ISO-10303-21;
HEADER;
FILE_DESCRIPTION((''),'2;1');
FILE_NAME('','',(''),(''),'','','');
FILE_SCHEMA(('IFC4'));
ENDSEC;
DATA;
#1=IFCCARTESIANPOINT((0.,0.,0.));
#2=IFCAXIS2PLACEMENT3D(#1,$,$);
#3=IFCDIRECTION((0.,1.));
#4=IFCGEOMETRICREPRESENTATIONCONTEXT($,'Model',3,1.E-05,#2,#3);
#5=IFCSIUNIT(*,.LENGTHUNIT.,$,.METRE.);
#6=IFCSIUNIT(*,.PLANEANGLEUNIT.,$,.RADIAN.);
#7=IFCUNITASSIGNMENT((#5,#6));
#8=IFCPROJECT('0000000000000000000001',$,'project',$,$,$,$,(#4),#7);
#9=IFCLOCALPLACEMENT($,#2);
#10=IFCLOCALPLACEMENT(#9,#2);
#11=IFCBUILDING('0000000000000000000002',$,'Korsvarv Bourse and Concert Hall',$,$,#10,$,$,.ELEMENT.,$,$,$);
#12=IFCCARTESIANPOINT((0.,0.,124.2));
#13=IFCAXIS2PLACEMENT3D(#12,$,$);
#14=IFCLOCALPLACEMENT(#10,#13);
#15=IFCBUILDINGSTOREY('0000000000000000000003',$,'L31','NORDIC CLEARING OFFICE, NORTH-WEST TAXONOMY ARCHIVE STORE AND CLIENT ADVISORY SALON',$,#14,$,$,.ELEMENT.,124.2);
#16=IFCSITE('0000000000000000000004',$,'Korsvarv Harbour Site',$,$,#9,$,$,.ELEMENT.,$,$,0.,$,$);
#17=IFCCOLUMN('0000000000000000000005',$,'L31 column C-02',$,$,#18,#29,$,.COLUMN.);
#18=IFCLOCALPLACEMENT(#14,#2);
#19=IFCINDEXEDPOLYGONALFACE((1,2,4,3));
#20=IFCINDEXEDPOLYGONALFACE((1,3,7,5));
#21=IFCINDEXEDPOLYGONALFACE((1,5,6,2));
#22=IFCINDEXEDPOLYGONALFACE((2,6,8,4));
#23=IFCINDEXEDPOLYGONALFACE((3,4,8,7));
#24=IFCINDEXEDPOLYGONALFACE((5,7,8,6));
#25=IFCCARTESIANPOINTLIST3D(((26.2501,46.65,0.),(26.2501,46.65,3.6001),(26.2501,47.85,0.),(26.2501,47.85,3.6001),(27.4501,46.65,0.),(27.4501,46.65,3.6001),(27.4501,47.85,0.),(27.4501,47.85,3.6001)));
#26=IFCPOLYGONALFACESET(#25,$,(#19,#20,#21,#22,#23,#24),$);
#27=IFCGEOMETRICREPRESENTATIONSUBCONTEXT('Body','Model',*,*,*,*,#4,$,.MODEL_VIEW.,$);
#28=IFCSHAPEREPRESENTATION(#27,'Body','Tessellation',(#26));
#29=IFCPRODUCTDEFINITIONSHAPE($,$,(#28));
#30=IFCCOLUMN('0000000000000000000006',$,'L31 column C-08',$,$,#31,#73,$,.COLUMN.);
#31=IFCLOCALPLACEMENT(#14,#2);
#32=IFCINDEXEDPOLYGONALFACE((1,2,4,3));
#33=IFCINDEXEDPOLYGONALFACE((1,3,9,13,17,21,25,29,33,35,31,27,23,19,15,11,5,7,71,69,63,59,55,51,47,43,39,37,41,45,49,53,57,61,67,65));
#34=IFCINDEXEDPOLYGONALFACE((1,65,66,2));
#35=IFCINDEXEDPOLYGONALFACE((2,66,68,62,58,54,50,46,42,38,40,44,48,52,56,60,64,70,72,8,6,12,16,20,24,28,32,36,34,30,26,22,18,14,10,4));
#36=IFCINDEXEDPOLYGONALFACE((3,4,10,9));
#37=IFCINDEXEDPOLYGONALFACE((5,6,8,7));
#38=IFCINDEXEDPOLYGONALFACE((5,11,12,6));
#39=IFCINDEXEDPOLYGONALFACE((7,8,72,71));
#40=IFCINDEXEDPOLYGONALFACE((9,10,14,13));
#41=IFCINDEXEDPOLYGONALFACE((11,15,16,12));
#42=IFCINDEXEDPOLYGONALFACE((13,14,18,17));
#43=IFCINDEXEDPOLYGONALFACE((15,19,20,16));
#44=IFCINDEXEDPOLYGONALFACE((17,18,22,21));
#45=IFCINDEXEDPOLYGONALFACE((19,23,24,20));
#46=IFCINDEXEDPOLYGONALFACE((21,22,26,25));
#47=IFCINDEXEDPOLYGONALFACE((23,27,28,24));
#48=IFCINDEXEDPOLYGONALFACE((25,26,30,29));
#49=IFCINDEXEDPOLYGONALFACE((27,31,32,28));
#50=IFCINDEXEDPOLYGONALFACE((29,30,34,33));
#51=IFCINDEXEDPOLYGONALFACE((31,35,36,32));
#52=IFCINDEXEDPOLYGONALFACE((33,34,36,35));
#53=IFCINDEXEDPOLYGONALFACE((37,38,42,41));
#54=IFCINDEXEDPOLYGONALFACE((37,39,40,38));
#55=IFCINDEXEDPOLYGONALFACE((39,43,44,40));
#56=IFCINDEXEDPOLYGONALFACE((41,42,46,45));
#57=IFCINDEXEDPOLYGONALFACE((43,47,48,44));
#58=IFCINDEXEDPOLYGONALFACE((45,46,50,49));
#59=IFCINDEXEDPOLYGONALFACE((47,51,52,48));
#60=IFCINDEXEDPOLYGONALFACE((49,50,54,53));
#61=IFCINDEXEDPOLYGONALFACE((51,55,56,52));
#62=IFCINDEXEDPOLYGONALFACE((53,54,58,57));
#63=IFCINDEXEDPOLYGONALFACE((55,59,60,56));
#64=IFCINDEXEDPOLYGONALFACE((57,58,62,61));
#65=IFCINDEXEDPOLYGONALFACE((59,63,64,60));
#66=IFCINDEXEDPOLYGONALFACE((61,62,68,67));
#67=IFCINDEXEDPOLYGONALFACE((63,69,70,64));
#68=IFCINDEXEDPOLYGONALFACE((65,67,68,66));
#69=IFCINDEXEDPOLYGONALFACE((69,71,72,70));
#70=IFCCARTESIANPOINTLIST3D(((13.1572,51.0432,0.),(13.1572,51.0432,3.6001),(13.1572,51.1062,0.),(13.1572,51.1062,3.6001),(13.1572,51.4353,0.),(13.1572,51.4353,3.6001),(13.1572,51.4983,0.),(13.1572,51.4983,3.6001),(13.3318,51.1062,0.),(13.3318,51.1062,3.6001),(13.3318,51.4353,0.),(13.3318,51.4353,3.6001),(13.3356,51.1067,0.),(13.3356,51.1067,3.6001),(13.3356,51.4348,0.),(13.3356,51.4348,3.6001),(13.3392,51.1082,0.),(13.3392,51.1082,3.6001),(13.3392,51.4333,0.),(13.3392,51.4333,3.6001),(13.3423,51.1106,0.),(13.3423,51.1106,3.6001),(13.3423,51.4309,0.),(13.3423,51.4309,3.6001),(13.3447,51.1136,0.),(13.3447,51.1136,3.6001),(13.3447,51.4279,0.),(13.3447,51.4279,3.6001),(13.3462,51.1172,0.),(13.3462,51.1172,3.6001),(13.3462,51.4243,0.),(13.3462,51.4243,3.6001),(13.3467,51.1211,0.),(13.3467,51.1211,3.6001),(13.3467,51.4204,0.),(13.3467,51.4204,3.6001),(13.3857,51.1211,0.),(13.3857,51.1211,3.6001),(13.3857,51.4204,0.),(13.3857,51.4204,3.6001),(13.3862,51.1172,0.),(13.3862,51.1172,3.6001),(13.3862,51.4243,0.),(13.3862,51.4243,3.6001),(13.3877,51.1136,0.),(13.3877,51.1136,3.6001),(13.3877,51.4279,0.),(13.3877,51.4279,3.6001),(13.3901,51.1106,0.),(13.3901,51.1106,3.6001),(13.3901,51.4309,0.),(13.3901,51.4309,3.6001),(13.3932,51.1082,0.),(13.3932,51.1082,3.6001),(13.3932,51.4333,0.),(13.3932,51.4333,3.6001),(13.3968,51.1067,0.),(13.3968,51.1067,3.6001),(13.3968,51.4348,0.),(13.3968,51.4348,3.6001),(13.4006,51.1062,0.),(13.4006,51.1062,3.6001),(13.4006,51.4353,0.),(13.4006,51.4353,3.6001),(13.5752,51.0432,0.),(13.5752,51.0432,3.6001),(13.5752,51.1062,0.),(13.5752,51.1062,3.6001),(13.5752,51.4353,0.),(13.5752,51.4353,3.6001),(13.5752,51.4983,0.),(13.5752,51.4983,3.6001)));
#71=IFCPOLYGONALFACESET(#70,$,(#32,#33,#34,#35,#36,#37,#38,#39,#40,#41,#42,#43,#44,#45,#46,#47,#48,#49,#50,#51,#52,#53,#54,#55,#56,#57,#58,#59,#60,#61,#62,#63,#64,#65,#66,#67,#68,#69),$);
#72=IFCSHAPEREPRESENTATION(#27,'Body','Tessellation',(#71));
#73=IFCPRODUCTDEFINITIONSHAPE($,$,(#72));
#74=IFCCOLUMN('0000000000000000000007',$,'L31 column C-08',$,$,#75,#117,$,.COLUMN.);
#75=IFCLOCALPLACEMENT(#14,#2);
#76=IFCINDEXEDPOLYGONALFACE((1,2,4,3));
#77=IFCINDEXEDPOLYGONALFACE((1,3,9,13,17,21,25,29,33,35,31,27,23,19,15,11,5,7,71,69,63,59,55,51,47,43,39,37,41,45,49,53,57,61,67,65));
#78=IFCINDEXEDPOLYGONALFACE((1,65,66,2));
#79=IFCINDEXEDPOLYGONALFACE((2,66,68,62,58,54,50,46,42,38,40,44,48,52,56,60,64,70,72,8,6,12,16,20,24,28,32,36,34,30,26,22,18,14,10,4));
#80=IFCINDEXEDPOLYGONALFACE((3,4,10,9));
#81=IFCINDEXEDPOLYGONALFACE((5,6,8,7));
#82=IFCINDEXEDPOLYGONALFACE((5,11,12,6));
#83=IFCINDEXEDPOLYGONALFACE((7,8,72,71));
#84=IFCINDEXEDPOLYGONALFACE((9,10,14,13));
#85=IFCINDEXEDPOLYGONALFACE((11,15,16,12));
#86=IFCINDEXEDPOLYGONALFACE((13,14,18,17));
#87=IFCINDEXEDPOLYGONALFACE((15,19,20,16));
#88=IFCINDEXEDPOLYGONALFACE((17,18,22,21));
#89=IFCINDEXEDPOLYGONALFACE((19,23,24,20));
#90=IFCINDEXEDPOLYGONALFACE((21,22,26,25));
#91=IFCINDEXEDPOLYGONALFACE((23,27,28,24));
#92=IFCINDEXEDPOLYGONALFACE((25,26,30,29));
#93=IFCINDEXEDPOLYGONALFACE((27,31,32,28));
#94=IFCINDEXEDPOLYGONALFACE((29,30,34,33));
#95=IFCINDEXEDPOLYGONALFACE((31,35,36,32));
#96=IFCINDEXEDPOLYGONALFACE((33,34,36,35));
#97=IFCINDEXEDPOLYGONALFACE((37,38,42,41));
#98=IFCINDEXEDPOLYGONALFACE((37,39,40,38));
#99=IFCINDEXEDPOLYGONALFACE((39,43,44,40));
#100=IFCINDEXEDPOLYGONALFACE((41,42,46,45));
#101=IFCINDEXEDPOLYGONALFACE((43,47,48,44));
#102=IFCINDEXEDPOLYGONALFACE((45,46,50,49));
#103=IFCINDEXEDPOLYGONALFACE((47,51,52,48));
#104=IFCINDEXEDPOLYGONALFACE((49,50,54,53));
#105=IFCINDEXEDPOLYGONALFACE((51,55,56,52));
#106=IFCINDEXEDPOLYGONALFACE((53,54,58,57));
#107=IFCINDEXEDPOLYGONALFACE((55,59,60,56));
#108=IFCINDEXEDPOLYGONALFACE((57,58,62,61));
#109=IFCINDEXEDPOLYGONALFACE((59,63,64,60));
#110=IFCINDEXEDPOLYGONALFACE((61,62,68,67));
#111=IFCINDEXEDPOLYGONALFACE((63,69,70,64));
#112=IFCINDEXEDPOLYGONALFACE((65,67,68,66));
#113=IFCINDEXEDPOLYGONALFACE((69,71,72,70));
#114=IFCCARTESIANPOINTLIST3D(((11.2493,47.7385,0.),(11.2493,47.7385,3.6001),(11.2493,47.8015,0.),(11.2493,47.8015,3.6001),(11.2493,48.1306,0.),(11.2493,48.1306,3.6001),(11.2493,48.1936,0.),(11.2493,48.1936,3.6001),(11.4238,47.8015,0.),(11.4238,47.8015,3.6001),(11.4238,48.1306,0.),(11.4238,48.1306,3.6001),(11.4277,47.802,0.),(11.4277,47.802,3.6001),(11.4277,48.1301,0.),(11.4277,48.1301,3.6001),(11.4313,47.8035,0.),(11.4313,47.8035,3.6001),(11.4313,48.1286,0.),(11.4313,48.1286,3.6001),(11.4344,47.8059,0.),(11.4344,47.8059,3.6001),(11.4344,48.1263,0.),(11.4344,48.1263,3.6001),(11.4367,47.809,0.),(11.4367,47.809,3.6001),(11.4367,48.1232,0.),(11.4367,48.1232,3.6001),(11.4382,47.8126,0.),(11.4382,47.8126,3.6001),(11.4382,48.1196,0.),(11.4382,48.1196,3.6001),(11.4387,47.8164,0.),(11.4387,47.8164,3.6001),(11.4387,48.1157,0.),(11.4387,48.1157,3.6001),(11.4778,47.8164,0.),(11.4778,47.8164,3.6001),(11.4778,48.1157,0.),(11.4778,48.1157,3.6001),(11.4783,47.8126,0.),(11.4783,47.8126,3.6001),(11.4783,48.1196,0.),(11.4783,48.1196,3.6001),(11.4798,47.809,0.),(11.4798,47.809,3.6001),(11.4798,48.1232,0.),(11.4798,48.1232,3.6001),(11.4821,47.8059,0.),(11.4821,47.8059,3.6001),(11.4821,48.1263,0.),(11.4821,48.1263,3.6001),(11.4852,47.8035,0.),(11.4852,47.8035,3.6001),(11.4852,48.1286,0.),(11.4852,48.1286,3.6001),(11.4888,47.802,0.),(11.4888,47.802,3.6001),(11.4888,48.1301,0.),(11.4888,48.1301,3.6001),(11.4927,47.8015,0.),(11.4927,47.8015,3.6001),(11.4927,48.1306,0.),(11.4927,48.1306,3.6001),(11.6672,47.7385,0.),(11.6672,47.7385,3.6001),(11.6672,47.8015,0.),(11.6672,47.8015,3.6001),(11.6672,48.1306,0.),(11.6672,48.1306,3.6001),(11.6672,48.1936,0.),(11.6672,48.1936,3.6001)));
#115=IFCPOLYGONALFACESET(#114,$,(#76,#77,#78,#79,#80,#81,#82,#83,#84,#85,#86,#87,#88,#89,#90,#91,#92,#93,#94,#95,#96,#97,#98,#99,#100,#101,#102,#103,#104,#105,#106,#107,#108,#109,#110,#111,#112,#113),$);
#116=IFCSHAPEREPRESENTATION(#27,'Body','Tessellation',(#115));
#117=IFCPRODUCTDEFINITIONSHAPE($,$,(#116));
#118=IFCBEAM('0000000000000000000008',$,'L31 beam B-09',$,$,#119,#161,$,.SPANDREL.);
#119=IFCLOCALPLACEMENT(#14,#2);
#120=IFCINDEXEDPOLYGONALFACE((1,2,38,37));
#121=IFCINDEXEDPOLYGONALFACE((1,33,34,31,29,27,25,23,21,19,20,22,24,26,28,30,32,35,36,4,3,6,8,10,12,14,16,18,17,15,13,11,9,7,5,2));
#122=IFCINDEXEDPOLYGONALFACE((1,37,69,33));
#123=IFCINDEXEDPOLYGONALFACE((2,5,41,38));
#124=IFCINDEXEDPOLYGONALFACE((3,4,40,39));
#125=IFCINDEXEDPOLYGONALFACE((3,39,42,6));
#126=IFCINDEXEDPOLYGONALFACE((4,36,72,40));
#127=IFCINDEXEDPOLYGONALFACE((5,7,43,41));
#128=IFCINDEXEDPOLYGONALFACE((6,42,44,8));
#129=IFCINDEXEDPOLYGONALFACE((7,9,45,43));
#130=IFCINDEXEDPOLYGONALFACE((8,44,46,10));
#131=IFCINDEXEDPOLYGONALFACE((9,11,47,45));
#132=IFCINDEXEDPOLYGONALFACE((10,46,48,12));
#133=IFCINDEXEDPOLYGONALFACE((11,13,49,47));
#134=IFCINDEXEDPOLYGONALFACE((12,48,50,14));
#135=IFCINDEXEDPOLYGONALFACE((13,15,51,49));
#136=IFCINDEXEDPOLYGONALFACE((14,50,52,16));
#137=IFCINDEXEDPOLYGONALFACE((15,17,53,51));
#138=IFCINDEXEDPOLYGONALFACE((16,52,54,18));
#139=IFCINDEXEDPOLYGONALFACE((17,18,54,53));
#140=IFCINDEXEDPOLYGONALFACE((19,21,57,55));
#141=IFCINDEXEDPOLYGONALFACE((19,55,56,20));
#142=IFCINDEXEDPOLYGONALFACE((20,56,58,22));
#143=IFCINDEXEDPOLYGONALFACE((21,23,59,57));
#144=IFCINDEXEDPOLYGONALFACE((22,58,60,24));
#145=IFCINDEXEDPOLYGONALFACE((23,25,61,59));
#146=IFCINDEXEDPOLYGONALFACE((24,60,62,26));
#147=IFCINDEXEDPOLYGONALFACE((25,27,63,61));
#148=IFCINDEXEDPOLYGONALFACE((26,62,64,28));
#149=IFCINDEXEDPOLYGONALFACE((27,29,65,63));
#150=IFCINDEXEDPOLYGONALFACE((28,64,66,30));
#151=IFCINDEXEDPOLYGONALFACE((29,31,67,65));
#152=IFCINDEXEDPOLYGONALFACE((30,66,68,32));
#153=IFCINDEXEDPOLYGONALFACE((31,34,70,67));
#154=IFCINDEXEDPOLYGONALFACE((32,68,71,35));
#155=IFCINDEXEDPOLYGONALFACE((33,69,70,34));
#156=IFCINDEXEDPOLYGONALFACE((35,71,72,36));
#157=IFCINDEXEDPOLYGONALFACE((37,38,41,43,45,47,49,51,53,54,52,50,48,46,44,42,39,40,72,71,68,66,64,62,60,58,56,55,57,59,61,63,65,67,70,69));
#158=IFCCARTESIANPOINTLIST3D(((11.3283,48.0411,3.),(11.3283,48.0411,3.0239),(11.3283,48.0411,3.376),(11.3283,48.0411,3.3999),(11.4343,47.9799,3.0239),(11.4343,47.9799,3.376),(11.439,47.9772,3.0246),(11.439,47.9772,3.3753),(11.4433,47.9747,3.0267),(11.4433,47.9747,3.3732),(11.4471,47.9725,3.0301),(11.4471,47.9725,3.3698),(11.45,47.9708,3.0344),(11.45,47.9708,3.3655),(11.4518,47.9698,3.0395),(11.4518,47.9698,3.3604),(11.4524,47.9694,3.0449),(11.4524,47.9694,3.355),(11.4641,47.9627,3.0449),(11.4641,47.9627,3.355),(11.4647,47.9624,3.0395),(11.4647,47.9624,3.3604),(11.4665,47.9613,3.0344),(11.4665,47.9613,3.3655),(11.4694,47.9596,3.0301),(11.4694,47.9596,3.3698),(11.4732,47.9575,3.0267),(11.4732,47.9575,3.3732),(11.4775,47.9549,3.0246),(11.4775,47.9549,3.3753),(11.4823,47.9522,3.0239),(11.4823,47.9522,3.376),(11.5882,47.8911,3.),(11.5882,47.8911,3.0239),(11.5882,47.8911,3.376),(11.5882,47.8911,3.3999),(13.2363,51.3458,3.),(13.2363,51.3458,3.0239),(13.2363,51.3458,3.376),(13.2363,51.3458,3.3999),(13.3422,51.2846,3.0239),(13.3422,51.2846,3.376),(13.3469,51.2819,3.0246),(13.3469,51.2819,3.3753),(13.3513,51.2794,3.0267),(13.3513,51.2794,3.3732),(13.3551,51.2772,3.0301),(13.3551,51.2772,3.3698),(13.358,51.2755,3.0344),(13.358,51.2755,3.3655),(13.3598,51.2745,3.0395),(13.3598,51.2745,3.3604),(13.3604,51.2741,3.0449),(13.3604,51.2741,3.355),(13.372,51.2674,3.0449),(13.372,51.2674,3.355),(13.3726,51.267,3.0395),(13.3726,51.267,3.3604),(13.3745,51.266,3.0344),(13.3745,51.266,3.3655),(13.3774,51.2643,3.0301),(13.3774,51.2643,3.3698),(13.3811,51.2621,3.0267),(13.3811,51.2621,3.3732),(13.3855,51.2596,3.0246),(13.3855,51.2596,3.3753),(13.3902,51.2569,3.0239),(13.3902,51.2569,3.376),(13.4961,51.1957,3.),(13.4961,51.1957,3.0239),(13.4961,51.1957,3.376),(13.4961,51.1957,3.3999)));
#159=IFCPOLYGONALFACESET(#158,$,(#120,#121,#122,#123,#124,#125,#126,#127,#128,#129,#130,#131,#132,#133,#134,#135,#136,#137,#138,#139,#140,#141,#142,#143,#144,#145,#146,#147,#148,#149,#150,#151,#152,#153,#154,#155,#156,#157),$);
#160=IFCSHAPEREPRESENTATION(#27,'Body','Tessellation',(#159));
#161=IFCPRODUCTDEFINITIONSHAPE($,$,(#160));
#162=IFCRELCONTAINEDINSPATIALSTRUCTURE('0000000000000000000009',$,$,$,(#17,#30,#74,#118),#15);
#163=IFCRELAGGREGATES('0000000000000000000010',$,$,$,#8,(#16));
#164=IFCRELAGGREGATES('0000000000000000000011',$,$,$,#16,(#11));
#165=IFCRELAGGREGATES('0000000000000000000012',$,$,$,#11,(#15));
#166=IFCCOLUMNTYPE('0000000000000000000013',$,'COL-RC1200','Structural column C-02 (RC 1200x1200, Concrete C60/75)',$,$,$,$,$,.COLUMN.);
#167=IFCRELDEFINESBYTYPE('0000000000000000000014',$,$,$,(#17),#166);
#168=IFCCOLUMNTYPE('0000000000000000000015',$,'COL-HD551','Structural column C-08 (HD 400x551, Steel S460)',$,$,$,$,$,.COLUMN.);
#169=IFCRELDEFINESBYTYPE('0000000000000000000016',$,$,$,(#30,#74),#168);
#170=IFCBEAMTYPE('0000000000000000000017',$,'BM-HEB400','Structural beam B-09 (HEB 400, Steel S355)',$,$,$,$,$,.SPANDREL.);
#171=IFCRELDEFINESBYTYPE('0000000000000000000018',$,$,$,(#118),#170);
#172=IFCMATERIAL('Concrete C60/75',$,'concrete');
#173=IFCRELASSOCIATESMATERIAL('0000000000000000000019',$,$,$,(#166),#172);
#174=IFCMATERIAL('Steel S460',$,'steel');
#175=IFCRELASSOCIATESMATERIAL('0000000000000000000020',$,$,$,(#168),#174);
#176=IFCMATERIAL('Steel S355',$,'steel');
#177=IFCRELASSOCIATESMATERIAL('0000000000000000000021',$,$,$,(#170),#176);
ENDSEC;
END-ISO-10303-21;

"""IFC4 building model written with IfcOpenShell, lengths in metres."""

from ifc_helpers import new_model, si_unit, direction, frame, origin, origin_2d, place, context, subcontext, project, spatial, rectangle, i_section, extrude, source, transform, mapped, material, material_profile, profile_set, type_object, element, save


model = new_model("IFC4")

# Units and contexts
model_context = context("Model", 3, precision=1e-05, world=origin(), true_north=direction((0.0, 1.0)))
body_context = subcontext(model_context, "Body", "Model", "MODEL_VIEW")
ifc_project = project(units=[si_unit("LENGTHUNIT", "METRE"), si_unit("PLANEANGLEUNIT", "RADIAN")], contexts=[model_context])

# Site, building, storey
site_placement = place(None, origin())
site = spatial("IfcSite", under=ifc_project, at=site_placement, Name="Korsvarv Harbour Site", CompositionType="ELEMENT", RefElevation=0.0)
building_placement = place(site_placement, origin())
building = spatial("IfcBuilding", under=site, at=building_placement, Name="Korsvarv Bourse and Concert Hall", CompositionType="ELEMENT")
storey_placement = place(building_placement, frame((0.0, 0.0, 124.2)))
storey = spatial("IfcBuildingStorey", under=building, at=storey_placement, Name="L31", Description="NORDIC CLEARING OFFICE, NORTH-WEST TAXONOMY ARCHIVE STORE AND CLIENT ADVISORY SALON", CompositionType="ELEMENT", Elevation=124.2)

# Columns
ifc_material_1 = material(Name="Concrete C60/75", Category="concrete")
ifc_material_profile_1 = material_profile(ifc_material_1, rectangle(XDim=1.2, YDim=1.2, at=origin_2d()), Name="RC 1200x1200")
ifc_profile_set_1 = profile_set([ifc_material_profile_1], Name="Concrete C60/75")
column_type_1 = type_object("IfcColumnType", Name="COL-RC1200", Description="Structural column C-02 (RC 1200x1200, Concrete C60/75)", PredefinedType="COLUMN", material=ifc_profile_set_1)
shared_shape_1 = source(origin(), body_context, "Body", "SweptSolid", [
    extrude(rectangle(XDim=1.2, YDim=1.2, at=origin_2d()), origin(), (0.0, 0.0, 1.0), 3.6001),
])
column_placement = place(storey_placement, frame((26.8501, 47.25, 0.0), z_axis=(0.0, 0.0, 1.0), x_axis=(1.0, 0.0, 0.0)))
element("IfcColumn", 1, at=column_placement, inside=storey, type_object=column_type_1, Name="L31 column C-02", PredefinedType="COLUMN", context=body_context, shape_type="MappedRepresentation", body=[
    mapped(shared_shape_1, transform((0.0, 0.0, 0.0), scale=1.0)),
])
ifc_material_2 = material(Name="Steel S460", Category="steel")
ifc_material_profile_2 = material_profile(ifc_material_2, i_section(OverallWidth=0.418, OverallDepth=0.4551, WebThickness=0.0391, FlangeThickness=0.063, FilletRadius=0.0149, at=origin_2d()), Name="HD 400x551")
ifc_profile_set_2 = profile_set([ifc_material_profile_2], Name="Steel S460")
column_type_2 = type_object("IfcColumnType", Name="COL-HD551", Description="Structural column C-08 (HD 400x551, Steel S460)", PredefinedType="COLUMN", material=ifc_profile_set_2)
shared_shape_2 = source(origin(), body_context, "Body", "SweptSolid", [
    extrude(i_section(OverallWidth=0.418, OverallDepth=0.4551, WebThickness=0.0391, FlangeThickness=0.063, FilletRadius=0.0149, at=origin_2d()), origin(), (0.0, 0.0, 1.0), 3.6001),
])
for number, where, z_axis, x_axis, name in (
    (2, (13.3662, 51.2708, 0.0), (0.0, 0.0, 1.0), (1.0, 0.0, 0.0), "L31 column C-08"),
    (3, (11.4583, 47.9661, 0.0), (0.0, 0.0, 1.0), (1.0, 0.0, 0.0), "L31 column C-08"),
):
    element("IfcColumn", number, at=place(storey_placement, frame(where, z_axis=z_axis, x_axis=x_axis)), inside=storey, type_object=column_type_2, Name=name, PredefinedType="COLUMN", context=body_context, shape_type="MappedRepresentation", body=[
        mapped(shared_shape_2, transform((0.0, 0.0, 0.0), scale=1.0)),
    ])

# Beam
ifc_material_3 = material(Name="Steel S355", Category="steel")
ifc_material_profile_3 = material_profile(ifc_material_3, i_section(OverallWidth=0.3, OverallDepth=0.3999, WebThickness=0.0134, FlangeThickness=0.0239, FilletRadius=0.021, at=origin_2d()), Name="HEB 400")
ifc_profile_set_3 = profile_set([ifc_material_profile_3], Name="Steel S355")
beam_type_1 = type_object("IfcBeamType", Name="BM-HEB400", Description="Structural beam B-09 (HEB 400, Steel S355)", PredefinedType="SPANDREL", material=ifc_profile_set_3)
shared_shape_3 = source(origin(), body_context, "Body", "SweptSolid", [
    extrude(i_section(OverallWidth=0.3, OverallDepth=0.3999, WebThickness=0.0134, FlangeThickness=0.0239, FilletRadius=0.021, at=origin_2d()), origin(), (0.0, 0.0, 1.0), 3.8159),
])
beam_1_placement = place(storey_placement, frame((13.3662, 51.2708, 3.2), z_axis=(-0.499999, -0.866026, 0.0), x_axis=(0.866026, -0.499999, 0.0)))
element("IfcBeam", 4, at=beam_1_placement, inside=storey, type_object=beam_type_1, Name="L31 beam B-09", PredefinedType="SPANDREL", context=body_context, shape_type="MappedRepresentation", body=[
    mapped(shared_shape_3, transform((0.0, 0.0, 0.0), scale=1.0)),
])

save(model, "model.ifc")
